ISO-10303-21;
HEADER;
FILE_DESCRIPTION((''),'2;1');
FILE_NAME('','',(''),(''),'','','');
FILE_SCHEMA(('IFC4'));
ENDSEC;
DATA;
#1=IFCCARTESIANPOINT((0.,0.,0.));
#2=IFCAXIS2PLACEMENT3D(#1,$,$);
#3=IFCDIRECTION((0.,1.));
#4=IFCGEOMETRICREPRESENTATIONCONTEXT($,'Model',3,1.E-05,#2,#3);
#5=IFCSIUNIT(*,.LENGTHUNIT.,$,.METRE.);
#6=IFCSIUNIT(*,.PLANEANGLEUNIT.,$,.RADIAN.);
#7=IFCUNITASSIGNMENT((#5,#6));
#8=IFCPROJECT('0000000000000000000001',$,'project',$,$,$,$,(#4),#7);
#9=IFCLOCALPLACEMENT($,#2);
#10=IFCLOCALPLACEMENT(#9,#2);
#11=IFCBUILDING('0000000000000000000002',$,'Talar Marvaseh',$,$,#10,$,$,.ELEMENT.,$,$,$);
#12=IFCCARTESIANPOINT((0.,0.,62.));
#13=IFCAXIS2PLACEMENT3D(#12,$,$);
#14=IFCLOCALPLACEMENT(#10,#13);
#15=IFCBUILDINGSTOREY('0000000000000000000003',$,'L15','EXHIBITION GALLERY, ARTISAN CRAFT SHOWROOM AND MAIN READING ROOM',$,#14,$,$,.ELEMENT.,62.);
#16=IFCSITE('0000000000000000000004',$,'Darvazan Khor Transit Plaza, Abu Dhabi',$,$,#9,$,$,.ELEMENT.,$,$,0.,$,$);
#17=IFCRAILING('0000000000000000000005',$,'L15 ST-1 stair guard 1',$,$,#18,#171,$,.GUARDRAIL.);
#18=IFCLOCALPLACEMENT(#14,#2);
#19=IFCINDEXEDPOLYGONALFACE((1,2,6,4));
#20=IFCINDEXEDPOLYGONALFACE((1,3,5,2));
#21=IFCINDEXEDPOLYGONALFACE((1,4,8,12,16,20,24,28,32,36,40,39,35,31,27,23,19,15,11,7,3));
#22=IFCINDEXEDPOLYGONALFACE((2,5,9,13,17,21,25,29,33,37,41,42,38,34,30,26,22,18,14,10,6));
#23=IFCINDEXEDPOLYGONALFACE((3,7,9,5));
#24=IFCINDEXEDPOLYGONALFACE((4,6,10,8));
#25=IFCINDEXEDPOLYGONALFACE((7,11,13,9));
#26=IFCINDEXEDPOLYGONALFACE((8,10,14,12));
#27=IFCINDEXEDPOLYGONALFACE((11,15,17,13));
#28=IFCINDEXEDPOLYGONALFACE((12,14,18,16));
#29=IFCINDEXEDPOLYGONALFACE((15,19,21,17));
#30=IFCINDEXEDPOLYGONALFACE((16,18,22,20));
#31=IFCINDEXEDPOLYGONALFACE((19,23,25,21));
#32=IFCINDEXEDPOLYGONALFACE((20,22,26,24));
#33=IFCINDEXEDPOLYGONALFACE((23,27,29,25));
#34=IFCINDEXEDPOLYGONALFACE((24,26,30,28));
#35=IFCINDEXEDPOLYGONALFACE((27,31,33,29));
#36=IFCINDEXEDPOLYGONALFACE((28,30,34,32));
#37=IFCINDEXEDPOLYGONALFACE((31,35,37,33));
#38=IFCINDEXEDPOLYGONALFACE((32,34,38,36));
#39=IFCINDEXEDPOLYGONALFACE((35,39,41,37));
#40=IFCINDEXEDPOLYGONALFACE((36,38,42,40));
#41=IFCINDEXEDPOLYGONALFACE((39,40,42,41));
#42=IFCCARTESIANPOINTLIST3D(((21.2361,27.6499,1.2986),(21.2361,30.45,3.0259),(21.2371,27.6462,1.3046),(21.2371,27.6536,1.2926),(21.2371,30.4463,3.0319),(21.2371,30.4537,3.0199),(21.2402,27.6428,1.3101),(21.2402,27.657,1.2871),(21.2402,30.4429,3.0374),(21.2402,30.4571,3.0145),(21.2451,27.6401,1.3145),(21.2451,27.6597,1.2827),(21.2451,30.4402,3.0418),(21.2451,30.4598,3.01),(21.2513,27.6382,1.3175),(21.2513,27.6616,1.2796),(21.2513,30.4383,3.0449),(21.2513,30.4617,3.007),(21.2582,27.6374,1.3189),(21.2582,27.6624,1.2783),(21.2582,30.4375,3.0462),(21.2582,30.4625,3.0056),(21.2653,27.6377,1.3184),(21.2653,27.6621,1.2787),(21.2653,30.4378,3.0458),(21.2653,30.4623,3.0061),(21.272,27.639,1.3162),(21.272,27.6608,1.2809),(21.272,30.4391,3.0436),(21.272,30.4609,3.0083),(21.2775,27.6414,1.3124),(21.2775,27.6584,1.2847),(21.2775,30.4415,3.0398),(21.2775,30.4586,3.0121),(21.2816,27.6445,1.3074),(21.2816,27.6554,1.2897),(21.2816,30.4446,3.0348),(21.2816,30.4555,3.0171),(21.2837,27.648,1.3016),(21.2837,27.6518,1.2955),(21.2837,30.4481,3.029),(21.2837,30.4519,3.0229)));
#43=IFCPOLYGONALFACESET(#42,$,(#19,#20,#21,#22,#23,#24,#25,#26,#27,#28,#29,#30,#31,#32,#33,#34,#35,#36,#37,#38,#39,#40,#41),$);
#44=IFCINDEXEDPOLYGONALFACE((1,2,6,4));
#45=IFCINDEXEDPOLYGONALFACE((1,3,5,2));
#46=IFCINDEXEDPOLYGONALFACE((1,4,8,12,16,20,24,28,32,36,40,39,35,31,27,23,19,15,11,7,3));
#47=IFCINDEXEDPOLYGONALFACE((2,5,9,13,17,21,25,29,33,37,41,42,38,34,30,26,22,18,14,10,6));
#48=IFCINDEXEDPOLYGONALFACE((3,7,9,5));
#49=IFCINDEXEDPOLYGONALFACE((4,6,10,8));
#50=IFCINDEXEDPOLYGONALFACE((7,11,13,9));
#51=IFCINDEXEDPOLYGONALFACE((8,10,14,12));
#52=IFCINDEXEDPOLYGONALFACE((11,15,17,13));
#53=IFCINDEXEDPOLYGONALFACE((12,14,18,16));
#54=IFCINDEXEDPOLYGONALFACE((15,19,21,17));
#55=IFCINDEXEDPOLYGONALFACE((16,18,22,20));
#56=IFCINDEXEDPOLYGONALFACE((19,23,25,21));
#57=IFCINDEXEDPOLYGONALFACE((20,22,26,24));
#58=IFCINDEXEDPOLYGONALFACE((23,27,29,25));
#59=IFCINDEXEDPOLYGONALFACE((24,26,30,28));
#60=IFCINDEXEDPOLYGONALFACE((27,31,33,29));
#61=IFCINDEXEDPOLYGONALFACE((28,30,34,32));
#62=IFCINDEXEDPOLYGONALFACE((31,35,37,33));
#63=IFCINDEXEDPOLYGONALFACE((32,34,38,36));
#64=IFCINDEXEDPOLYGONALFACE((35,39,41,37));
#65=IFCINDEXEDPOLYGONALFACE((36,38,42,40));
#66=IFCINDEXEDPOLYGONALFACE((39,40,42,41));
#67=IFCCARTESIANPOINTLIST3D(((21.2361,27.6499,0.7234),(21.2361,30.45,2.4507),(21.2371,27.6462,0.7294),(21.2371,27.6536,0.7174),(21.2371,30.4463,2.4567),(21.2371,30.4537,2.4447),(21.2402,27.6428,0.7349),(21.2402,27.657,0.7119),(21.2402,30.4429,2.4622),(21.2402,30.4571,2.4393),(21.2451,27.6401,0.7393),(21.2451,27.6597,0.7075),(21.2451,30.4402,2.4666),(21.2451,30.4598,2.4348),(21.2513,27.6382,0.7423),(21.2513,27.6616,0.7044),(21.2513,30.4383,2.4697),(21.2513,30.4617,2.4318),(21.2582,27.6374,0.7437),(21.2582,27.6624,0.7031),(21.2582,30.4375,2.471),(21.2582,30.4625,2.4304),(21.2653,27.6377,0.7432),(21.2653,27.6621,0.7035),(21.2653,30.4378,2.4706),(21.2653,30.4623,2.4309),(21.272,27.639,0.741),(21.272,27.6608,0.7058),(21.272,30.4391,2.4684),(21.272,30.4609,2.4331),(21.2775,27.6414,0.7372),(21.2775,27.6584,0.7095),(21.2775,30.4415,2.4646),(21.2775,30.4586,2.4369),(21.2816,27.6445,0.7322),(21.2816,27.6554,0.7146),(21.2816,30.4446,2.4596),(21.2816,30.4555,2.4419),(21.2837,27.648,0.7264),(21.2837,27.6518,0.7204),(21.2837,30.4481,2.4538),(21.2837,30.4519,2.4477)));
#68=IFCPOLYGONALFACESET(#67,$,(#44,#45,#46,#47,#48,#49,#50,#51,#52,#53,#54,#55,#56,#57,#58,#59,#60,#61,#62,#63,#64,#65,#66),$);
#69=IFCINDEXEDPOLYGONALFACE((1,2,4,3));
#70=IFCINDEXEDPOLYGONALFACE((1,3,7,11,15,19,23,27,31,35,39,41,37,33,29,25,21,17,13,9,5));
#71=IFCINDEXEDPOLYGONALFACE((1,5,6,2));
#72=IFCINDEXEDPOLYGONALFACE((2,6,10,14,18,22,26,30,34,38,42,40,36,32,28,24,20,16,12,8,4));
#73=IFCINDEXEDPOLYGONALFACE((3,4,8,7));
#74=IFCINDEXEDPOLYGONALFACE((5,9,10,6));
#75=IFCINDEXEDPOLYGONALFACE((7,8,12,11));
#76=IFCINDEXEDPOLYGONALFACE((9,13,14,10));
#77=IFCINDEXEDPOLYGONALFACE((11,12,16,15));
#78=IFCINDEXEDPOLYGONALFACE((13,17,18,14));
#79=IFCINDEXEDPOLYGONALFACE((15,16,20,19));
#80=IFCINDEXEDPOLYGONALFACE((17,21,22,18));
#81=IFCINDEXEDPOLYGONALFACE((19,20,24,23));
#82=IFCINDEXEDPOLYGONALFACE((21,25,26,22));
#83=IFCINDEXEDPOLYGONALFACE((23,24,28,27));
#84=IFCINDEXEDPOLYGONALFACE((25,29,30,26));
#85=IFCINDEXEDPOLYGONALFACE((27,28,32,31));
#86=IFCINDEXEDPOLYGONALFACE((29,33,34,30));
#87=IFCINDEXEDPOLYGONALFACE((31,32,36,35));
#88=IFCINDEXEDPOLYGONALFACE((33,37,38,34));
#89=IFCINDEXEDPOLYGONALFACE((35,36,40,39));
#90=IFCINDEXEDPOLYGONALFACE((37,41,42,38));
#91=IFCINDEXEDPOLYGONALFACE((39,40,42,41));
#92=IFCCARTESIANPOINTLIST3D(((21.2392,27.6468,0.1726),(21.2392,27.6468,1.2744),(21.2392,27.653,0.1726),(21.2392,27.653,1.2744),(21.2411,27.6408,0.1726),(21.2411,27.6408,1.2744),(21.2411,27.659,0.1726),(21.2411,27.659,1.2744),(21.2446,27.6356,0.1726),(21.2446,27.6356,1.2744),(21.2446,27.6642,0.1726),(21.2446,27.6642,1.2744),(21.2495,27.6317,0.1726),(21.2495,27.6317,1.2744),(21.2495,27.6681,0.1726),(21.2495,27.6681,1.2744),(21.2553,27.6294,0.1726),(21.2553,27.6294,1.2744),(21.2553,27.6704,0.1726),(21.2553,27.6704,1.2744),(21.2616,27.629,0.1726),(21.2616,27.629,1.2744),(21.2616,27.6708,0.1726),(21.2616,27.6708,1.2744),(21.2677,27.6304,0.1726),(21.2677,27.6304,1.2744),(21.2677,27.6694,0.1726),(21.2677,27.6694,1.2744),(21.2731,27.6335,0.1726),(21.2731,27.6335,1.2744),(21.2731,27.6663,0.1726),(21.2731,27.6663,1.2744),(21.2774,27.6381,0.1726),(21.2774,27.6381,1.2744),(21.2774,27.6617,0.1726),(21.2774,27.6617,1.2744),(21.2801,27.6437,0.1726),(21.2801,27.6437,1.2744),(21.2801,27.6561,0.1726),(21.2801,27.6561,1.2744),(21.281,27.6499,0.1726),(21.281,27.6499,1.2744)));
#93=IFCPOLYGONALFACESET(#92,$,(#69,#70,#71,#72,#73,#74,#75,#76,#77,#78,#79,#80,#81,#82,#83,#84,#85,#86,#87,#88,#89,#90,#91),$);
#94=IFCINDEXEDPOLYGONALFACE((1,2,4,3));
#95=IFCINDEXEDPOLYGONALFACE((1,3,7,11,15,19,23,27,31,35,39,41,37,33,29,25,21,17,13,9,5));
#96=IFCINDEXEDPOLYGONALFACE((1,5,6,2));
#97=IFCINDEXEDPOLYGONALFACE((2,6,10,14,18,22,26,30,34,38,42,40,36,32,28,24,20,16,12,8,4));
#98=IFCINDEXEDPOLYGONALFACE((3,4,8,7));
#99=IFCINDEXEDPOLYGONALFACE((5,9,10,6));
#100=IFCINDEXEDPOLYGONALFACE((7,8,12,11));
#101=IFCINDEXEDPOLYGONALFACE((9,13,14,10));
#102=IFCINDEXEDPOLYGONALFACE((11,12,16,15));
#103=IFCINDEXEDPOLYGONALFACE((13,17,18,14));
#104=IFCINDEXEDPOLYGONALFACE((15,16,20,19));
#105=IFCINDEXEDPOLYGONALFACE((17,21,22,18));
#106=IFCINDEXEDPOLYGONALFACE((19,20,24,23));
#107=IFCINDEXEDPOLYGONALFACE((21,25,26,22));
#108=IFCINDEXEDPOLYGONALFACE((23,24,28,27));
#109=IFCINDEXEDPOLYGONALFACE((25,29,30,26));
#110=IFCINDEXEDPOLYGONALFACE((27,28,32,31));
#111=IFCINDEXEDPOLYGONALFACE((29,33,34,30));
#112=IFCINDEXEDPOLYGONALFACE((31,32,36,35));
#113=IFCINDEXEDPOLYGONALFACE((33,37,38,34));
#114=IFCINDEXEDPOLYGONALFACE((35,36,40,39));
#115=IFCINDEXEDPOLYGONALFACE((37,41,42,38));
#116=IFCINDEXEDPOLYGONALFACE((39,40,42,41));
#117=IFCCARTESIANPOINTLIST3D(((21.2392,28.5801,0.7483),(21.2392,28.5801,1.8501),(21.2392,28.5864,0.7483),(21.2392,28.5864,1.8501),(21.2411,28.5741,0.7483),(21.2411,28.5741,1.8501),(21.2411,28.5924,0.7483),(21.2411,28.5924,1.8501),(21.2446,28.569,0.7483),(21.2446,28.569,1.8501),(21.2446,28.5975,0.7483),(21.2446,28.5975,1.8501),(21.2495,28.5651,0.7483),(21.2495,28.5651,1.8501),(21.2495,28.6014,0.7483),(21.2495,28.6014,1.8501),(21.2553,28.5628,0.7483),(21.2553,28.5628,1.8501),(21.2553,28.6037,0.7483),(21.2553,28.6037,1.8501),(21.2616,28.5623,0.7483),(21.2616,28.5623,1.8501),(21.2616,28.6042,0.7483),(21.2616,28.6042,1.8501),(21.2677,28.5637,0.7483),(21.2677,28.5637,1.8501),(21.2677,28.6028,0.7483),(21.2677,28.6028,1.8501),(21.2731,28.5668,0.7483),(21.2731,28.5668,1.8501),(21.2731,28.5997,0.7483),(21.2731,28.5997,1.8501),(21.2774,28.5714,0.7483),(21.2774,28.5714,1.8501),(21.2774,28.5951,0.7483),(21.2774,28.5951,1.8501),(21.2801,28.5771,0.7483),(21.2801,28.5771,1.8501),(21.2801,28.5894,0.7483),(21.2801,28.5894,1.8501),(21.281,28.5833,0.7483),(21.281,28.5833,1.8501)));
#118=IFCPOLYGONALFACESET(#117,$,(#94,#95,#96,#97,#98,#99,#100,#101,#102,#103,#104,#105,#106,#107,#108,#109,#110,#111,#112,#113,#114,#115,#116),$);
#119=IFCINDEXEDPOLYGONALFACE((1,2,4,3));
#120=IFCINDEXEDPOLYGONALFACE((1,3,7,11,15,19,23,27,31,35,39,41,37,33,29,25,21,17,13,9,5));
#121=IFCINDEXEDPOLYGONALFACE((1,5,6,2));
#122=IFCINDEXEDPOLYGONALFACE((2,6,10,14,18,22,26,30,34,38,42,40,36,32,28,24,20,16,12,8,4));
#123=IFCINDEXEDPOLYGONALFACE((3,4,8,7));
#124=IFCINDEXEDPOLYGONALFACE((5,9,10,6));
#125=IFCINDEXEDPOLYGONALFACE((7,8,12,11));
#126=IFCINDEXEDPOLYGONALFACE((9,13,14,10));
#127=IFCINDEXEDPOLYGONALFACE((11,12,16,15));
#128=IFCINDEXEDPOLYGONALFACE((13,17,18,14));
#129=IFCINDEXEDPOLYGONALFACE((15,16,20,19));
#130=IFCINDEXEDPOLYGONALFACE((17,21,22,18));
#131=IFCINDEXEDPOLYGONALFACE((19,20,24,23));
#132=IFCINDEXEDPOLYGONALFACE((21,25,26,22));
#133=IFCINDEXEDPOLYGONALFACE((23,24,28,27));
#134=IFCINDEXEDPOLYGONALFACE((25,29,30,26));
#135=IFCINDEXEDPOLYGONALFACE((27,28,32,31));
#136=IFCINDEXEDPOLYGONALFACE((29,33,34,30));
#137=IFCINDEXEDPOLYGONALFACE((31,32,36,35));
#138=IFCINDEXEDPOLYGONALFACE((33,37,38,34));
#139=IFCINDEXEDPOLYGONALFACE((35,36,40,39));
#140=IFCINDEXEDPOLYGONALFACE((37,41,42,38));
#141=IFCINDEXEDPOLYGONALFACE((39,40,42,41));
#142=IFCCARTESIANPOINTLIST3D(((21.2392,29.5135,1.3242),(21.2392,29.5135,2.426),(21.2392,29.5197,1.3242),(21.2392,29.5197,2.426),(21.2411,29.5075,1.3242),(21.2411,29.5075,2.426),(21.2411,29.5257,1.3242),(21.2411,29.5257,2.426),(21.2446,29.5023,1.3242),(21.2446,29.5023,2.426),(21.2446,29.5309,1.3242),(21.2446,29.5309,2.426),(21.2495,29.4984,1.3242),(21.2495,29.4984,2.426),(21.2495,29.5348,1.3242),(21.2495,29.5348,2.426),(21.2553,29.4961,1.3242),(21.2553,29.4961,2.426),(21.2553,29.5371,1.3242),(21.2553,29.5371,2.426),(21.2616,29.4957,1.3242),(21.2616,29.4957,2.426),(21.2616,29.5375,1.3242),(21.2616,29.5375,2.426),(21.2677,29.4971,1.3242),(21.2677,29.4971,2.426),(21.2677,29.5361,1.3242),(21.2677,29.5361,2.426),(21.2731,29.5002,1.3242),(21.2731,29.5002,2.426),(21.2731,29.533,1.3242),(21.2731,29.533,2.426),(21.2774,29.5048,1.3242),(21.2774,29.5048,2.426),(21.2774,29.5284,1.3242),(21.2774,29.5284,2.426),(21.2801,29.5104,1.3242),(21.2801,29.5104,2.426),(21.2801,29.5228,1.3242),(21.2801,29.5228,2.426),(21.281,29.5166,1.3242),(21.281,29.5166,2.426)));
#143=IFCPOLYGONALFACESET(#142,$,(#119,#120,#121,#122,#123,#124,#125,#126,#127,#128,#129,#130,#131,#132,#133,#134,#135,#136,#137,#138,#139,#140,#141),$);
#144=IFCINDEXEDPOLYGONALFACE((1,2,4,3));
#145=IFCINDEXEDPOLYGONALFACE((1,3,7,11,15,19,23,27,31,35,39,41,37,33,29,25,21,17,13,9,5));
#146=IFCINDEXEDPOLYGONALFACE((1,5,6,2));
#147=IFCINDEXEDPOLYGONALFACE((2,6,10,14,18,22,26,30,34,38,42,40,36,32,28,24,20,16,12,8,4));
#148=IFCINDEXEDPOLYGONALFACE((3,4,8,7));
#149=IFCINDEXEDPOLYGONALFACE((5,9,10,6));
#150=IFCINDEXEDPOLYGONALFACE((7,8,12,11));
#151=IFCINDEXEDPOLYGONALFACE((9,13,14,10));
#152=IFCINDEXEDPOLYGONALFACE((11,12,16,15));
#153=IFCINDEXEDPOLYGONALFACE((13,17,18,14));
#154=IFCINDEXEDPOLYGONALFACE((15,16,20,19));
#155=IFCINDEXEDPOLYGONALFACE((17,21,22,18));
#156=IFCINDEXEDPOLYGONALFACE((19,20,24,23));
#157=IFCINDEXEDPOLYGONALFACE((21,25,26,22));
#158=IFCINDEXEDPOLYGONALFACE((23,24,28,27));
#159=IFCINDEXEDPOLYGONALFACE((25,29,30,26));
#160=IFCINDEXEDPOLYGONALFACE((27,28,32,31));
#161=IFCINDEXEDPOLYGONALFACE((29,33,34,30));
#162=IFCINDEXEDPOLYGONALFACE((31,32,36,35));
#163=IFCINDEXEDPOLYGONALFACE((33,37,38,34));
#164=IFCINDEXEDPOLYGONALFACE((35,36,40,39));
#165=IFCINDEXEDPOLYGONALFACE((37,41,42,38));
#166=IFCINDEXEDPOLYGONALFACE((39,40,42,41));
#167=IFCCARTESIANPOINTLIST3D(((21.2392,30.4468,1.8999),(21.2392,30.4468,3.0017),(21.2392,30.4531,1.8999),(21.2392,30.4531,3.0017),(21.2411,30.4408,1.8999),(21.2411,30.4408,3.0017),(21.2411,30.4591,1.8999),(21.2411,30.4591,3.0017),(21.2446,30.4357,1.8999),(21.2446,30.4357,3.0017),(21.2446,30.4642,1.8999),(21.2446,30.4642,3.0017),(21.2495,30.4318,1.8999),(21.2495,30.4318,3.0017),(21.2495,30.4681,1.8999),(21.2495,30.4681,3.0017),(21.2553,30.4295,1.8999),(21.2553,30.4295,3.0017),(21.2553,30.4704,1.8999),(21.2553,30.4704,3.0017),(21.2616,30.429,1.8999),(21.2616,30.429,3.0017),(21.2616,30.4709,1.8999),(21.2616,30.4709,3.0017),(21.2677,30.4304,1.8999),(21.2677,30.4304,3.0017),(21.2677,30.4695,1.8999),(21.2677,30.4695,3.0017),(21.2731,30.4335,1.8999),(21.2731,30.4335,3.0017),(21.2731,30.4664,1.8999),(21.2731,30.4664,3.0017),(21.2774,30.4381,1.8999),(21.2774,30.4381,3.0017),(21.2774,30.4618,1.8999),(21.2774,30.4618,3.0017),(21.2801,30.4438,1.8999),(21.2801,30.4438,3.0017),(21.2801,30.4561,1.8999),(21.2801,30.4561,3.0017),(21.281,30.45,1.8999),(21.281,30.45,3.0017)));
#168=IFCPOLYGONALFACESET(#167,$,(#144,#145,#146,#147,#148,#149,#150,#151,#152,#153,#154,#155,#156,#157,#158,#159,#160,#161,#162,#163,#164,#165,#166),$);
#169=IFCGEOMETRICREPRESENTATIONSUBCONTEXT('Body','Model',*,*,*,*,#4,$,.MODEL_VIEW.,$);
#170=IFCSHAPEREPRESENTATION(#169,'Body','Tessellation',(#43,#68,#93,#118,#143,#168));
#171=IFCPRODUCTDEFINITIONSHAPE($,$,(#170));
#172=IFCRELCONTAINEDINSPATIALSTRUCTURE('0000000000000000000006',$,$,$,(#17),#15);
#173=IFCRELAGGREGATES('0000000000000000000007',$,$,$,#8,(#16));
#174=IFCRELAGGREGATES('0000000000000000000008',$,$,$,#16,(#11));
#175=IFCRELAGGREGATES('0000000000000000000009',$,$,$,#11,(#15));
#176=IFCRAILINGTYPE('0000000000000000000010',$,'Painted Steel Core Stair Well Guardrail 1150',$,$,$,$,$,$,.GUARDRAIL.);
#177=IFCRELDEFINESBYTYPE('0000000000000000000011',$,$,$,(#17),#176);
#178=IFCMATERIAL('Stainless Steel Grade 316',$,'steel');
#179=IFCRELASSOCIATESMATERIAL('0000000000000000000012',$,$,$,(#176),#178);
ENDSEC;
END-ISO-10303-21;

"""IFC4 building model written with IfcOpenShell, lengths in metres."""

from ifc_helpers import new_model, si_unit, direction, frame, origin, origin_2d, place, context, subcontext, project, spatial, circle, extrude, material, type_object, element, save


model = new_model("IFC4")

# Units and contexts
model_context = context("Model", 3, precision=1e-05, world=origin(), true_north=direction((0.0, 1.0)))
body_context = subcontext(model_context, "Body", "Model", "MODEL_VIEW")
ifc_project = project(units=[si_unit("LENGTHUNIT", "METRE"), si_unit("PLANEANGLEUNIT", "RADIAN")], contexts=[model_context])

# Site, building, storey
site_placement = place(None, origin())
site = spatial("IfcSite", under=ifc_project, at=site_placement, Name="Darvazan Khor Transit Plaza, Abu Dhabi", CompositionType="ELEMENT", RefElevation=0.0)
building_placement = place(site_placement, origin())
building = spatial("IfcBuilding", under=site, at=building_placement, Name="Talar Marvaseh", CompositionType="ELEMENT")
storey_placement = place(building_placement, frame((0.0, 0.0, 62.0)))
storey = spatial("IfcBuildingStorey", under=building, at=storey_placement, Name="L15", Description="EXHIBITION GALLERY, ARTISAN CRAFT SHOWROOM AND MAIN READING ROOM", CompositionType="ELEMENT", Elevation=62.0)

# Railing
ifc_material_1 = material(Name="Stainless Steel Grade 316", Category="steel")
railing_type_1 = type_object("IfcRailingType", Name="Painted Steel Core Stair Well Guardrail 1150", PredefinedType="GUARDRAIL", material=ifc_material_1)
railing_1_placement = place(storey_placement, frame((21.26, 27.6499, 0.1726)))
element("IfcRailing", 1, at=railing_1_placement, inside=storey, type_object=railing_type_1, Name="L15 ST-1 stair guard 1", PredefinedType="GUARDRAIL", context=body_context, shape_type="SweptSolid", body=[
    extrude(circle(Radius=0.0239, at=origin_2d()), frame((0.0, 0.0, 1.126), z_axis=(0.0, 0.85109, 0.52502), x_axis=(-1.0, 0.0, 0.0)), (0.0, 0.0, 1.0), 3.29),
    extrude(circle(Radius=0.0239, at=origin_2d()), frame((0.0, 0.0, 0.5508), z_axis=(0.0, 0.85109, 0.52502), x_axis=(-1.0, 0.0, 0.0)), (0.0, 0.0, 1.0), 3.29),
    extrude(circle(Radius=0.021, at=origin_2d()), origin(), (0.0, 0.0, 1.0), 1.1018),
    extrude(circle(Radius=0.021, at=origin_2d()), frame((0.0, 0.9333, 0.5757)), (0.0, 0.0, 1.0), 1.1018),
    extrude(circle(Radius=0.021, at=origin_2d()), frame((0.0, 1.8667, 1.1516)), (0.0, 0.0, 1.0), 1.1018),
    extrude(circle(Radius=0.021, at=origin_2d()), frame((0.0, 2.8, 1.7273)), (0.0, 0.0, 1.0), 1.1018),
])

save(model, "model.ifc")
